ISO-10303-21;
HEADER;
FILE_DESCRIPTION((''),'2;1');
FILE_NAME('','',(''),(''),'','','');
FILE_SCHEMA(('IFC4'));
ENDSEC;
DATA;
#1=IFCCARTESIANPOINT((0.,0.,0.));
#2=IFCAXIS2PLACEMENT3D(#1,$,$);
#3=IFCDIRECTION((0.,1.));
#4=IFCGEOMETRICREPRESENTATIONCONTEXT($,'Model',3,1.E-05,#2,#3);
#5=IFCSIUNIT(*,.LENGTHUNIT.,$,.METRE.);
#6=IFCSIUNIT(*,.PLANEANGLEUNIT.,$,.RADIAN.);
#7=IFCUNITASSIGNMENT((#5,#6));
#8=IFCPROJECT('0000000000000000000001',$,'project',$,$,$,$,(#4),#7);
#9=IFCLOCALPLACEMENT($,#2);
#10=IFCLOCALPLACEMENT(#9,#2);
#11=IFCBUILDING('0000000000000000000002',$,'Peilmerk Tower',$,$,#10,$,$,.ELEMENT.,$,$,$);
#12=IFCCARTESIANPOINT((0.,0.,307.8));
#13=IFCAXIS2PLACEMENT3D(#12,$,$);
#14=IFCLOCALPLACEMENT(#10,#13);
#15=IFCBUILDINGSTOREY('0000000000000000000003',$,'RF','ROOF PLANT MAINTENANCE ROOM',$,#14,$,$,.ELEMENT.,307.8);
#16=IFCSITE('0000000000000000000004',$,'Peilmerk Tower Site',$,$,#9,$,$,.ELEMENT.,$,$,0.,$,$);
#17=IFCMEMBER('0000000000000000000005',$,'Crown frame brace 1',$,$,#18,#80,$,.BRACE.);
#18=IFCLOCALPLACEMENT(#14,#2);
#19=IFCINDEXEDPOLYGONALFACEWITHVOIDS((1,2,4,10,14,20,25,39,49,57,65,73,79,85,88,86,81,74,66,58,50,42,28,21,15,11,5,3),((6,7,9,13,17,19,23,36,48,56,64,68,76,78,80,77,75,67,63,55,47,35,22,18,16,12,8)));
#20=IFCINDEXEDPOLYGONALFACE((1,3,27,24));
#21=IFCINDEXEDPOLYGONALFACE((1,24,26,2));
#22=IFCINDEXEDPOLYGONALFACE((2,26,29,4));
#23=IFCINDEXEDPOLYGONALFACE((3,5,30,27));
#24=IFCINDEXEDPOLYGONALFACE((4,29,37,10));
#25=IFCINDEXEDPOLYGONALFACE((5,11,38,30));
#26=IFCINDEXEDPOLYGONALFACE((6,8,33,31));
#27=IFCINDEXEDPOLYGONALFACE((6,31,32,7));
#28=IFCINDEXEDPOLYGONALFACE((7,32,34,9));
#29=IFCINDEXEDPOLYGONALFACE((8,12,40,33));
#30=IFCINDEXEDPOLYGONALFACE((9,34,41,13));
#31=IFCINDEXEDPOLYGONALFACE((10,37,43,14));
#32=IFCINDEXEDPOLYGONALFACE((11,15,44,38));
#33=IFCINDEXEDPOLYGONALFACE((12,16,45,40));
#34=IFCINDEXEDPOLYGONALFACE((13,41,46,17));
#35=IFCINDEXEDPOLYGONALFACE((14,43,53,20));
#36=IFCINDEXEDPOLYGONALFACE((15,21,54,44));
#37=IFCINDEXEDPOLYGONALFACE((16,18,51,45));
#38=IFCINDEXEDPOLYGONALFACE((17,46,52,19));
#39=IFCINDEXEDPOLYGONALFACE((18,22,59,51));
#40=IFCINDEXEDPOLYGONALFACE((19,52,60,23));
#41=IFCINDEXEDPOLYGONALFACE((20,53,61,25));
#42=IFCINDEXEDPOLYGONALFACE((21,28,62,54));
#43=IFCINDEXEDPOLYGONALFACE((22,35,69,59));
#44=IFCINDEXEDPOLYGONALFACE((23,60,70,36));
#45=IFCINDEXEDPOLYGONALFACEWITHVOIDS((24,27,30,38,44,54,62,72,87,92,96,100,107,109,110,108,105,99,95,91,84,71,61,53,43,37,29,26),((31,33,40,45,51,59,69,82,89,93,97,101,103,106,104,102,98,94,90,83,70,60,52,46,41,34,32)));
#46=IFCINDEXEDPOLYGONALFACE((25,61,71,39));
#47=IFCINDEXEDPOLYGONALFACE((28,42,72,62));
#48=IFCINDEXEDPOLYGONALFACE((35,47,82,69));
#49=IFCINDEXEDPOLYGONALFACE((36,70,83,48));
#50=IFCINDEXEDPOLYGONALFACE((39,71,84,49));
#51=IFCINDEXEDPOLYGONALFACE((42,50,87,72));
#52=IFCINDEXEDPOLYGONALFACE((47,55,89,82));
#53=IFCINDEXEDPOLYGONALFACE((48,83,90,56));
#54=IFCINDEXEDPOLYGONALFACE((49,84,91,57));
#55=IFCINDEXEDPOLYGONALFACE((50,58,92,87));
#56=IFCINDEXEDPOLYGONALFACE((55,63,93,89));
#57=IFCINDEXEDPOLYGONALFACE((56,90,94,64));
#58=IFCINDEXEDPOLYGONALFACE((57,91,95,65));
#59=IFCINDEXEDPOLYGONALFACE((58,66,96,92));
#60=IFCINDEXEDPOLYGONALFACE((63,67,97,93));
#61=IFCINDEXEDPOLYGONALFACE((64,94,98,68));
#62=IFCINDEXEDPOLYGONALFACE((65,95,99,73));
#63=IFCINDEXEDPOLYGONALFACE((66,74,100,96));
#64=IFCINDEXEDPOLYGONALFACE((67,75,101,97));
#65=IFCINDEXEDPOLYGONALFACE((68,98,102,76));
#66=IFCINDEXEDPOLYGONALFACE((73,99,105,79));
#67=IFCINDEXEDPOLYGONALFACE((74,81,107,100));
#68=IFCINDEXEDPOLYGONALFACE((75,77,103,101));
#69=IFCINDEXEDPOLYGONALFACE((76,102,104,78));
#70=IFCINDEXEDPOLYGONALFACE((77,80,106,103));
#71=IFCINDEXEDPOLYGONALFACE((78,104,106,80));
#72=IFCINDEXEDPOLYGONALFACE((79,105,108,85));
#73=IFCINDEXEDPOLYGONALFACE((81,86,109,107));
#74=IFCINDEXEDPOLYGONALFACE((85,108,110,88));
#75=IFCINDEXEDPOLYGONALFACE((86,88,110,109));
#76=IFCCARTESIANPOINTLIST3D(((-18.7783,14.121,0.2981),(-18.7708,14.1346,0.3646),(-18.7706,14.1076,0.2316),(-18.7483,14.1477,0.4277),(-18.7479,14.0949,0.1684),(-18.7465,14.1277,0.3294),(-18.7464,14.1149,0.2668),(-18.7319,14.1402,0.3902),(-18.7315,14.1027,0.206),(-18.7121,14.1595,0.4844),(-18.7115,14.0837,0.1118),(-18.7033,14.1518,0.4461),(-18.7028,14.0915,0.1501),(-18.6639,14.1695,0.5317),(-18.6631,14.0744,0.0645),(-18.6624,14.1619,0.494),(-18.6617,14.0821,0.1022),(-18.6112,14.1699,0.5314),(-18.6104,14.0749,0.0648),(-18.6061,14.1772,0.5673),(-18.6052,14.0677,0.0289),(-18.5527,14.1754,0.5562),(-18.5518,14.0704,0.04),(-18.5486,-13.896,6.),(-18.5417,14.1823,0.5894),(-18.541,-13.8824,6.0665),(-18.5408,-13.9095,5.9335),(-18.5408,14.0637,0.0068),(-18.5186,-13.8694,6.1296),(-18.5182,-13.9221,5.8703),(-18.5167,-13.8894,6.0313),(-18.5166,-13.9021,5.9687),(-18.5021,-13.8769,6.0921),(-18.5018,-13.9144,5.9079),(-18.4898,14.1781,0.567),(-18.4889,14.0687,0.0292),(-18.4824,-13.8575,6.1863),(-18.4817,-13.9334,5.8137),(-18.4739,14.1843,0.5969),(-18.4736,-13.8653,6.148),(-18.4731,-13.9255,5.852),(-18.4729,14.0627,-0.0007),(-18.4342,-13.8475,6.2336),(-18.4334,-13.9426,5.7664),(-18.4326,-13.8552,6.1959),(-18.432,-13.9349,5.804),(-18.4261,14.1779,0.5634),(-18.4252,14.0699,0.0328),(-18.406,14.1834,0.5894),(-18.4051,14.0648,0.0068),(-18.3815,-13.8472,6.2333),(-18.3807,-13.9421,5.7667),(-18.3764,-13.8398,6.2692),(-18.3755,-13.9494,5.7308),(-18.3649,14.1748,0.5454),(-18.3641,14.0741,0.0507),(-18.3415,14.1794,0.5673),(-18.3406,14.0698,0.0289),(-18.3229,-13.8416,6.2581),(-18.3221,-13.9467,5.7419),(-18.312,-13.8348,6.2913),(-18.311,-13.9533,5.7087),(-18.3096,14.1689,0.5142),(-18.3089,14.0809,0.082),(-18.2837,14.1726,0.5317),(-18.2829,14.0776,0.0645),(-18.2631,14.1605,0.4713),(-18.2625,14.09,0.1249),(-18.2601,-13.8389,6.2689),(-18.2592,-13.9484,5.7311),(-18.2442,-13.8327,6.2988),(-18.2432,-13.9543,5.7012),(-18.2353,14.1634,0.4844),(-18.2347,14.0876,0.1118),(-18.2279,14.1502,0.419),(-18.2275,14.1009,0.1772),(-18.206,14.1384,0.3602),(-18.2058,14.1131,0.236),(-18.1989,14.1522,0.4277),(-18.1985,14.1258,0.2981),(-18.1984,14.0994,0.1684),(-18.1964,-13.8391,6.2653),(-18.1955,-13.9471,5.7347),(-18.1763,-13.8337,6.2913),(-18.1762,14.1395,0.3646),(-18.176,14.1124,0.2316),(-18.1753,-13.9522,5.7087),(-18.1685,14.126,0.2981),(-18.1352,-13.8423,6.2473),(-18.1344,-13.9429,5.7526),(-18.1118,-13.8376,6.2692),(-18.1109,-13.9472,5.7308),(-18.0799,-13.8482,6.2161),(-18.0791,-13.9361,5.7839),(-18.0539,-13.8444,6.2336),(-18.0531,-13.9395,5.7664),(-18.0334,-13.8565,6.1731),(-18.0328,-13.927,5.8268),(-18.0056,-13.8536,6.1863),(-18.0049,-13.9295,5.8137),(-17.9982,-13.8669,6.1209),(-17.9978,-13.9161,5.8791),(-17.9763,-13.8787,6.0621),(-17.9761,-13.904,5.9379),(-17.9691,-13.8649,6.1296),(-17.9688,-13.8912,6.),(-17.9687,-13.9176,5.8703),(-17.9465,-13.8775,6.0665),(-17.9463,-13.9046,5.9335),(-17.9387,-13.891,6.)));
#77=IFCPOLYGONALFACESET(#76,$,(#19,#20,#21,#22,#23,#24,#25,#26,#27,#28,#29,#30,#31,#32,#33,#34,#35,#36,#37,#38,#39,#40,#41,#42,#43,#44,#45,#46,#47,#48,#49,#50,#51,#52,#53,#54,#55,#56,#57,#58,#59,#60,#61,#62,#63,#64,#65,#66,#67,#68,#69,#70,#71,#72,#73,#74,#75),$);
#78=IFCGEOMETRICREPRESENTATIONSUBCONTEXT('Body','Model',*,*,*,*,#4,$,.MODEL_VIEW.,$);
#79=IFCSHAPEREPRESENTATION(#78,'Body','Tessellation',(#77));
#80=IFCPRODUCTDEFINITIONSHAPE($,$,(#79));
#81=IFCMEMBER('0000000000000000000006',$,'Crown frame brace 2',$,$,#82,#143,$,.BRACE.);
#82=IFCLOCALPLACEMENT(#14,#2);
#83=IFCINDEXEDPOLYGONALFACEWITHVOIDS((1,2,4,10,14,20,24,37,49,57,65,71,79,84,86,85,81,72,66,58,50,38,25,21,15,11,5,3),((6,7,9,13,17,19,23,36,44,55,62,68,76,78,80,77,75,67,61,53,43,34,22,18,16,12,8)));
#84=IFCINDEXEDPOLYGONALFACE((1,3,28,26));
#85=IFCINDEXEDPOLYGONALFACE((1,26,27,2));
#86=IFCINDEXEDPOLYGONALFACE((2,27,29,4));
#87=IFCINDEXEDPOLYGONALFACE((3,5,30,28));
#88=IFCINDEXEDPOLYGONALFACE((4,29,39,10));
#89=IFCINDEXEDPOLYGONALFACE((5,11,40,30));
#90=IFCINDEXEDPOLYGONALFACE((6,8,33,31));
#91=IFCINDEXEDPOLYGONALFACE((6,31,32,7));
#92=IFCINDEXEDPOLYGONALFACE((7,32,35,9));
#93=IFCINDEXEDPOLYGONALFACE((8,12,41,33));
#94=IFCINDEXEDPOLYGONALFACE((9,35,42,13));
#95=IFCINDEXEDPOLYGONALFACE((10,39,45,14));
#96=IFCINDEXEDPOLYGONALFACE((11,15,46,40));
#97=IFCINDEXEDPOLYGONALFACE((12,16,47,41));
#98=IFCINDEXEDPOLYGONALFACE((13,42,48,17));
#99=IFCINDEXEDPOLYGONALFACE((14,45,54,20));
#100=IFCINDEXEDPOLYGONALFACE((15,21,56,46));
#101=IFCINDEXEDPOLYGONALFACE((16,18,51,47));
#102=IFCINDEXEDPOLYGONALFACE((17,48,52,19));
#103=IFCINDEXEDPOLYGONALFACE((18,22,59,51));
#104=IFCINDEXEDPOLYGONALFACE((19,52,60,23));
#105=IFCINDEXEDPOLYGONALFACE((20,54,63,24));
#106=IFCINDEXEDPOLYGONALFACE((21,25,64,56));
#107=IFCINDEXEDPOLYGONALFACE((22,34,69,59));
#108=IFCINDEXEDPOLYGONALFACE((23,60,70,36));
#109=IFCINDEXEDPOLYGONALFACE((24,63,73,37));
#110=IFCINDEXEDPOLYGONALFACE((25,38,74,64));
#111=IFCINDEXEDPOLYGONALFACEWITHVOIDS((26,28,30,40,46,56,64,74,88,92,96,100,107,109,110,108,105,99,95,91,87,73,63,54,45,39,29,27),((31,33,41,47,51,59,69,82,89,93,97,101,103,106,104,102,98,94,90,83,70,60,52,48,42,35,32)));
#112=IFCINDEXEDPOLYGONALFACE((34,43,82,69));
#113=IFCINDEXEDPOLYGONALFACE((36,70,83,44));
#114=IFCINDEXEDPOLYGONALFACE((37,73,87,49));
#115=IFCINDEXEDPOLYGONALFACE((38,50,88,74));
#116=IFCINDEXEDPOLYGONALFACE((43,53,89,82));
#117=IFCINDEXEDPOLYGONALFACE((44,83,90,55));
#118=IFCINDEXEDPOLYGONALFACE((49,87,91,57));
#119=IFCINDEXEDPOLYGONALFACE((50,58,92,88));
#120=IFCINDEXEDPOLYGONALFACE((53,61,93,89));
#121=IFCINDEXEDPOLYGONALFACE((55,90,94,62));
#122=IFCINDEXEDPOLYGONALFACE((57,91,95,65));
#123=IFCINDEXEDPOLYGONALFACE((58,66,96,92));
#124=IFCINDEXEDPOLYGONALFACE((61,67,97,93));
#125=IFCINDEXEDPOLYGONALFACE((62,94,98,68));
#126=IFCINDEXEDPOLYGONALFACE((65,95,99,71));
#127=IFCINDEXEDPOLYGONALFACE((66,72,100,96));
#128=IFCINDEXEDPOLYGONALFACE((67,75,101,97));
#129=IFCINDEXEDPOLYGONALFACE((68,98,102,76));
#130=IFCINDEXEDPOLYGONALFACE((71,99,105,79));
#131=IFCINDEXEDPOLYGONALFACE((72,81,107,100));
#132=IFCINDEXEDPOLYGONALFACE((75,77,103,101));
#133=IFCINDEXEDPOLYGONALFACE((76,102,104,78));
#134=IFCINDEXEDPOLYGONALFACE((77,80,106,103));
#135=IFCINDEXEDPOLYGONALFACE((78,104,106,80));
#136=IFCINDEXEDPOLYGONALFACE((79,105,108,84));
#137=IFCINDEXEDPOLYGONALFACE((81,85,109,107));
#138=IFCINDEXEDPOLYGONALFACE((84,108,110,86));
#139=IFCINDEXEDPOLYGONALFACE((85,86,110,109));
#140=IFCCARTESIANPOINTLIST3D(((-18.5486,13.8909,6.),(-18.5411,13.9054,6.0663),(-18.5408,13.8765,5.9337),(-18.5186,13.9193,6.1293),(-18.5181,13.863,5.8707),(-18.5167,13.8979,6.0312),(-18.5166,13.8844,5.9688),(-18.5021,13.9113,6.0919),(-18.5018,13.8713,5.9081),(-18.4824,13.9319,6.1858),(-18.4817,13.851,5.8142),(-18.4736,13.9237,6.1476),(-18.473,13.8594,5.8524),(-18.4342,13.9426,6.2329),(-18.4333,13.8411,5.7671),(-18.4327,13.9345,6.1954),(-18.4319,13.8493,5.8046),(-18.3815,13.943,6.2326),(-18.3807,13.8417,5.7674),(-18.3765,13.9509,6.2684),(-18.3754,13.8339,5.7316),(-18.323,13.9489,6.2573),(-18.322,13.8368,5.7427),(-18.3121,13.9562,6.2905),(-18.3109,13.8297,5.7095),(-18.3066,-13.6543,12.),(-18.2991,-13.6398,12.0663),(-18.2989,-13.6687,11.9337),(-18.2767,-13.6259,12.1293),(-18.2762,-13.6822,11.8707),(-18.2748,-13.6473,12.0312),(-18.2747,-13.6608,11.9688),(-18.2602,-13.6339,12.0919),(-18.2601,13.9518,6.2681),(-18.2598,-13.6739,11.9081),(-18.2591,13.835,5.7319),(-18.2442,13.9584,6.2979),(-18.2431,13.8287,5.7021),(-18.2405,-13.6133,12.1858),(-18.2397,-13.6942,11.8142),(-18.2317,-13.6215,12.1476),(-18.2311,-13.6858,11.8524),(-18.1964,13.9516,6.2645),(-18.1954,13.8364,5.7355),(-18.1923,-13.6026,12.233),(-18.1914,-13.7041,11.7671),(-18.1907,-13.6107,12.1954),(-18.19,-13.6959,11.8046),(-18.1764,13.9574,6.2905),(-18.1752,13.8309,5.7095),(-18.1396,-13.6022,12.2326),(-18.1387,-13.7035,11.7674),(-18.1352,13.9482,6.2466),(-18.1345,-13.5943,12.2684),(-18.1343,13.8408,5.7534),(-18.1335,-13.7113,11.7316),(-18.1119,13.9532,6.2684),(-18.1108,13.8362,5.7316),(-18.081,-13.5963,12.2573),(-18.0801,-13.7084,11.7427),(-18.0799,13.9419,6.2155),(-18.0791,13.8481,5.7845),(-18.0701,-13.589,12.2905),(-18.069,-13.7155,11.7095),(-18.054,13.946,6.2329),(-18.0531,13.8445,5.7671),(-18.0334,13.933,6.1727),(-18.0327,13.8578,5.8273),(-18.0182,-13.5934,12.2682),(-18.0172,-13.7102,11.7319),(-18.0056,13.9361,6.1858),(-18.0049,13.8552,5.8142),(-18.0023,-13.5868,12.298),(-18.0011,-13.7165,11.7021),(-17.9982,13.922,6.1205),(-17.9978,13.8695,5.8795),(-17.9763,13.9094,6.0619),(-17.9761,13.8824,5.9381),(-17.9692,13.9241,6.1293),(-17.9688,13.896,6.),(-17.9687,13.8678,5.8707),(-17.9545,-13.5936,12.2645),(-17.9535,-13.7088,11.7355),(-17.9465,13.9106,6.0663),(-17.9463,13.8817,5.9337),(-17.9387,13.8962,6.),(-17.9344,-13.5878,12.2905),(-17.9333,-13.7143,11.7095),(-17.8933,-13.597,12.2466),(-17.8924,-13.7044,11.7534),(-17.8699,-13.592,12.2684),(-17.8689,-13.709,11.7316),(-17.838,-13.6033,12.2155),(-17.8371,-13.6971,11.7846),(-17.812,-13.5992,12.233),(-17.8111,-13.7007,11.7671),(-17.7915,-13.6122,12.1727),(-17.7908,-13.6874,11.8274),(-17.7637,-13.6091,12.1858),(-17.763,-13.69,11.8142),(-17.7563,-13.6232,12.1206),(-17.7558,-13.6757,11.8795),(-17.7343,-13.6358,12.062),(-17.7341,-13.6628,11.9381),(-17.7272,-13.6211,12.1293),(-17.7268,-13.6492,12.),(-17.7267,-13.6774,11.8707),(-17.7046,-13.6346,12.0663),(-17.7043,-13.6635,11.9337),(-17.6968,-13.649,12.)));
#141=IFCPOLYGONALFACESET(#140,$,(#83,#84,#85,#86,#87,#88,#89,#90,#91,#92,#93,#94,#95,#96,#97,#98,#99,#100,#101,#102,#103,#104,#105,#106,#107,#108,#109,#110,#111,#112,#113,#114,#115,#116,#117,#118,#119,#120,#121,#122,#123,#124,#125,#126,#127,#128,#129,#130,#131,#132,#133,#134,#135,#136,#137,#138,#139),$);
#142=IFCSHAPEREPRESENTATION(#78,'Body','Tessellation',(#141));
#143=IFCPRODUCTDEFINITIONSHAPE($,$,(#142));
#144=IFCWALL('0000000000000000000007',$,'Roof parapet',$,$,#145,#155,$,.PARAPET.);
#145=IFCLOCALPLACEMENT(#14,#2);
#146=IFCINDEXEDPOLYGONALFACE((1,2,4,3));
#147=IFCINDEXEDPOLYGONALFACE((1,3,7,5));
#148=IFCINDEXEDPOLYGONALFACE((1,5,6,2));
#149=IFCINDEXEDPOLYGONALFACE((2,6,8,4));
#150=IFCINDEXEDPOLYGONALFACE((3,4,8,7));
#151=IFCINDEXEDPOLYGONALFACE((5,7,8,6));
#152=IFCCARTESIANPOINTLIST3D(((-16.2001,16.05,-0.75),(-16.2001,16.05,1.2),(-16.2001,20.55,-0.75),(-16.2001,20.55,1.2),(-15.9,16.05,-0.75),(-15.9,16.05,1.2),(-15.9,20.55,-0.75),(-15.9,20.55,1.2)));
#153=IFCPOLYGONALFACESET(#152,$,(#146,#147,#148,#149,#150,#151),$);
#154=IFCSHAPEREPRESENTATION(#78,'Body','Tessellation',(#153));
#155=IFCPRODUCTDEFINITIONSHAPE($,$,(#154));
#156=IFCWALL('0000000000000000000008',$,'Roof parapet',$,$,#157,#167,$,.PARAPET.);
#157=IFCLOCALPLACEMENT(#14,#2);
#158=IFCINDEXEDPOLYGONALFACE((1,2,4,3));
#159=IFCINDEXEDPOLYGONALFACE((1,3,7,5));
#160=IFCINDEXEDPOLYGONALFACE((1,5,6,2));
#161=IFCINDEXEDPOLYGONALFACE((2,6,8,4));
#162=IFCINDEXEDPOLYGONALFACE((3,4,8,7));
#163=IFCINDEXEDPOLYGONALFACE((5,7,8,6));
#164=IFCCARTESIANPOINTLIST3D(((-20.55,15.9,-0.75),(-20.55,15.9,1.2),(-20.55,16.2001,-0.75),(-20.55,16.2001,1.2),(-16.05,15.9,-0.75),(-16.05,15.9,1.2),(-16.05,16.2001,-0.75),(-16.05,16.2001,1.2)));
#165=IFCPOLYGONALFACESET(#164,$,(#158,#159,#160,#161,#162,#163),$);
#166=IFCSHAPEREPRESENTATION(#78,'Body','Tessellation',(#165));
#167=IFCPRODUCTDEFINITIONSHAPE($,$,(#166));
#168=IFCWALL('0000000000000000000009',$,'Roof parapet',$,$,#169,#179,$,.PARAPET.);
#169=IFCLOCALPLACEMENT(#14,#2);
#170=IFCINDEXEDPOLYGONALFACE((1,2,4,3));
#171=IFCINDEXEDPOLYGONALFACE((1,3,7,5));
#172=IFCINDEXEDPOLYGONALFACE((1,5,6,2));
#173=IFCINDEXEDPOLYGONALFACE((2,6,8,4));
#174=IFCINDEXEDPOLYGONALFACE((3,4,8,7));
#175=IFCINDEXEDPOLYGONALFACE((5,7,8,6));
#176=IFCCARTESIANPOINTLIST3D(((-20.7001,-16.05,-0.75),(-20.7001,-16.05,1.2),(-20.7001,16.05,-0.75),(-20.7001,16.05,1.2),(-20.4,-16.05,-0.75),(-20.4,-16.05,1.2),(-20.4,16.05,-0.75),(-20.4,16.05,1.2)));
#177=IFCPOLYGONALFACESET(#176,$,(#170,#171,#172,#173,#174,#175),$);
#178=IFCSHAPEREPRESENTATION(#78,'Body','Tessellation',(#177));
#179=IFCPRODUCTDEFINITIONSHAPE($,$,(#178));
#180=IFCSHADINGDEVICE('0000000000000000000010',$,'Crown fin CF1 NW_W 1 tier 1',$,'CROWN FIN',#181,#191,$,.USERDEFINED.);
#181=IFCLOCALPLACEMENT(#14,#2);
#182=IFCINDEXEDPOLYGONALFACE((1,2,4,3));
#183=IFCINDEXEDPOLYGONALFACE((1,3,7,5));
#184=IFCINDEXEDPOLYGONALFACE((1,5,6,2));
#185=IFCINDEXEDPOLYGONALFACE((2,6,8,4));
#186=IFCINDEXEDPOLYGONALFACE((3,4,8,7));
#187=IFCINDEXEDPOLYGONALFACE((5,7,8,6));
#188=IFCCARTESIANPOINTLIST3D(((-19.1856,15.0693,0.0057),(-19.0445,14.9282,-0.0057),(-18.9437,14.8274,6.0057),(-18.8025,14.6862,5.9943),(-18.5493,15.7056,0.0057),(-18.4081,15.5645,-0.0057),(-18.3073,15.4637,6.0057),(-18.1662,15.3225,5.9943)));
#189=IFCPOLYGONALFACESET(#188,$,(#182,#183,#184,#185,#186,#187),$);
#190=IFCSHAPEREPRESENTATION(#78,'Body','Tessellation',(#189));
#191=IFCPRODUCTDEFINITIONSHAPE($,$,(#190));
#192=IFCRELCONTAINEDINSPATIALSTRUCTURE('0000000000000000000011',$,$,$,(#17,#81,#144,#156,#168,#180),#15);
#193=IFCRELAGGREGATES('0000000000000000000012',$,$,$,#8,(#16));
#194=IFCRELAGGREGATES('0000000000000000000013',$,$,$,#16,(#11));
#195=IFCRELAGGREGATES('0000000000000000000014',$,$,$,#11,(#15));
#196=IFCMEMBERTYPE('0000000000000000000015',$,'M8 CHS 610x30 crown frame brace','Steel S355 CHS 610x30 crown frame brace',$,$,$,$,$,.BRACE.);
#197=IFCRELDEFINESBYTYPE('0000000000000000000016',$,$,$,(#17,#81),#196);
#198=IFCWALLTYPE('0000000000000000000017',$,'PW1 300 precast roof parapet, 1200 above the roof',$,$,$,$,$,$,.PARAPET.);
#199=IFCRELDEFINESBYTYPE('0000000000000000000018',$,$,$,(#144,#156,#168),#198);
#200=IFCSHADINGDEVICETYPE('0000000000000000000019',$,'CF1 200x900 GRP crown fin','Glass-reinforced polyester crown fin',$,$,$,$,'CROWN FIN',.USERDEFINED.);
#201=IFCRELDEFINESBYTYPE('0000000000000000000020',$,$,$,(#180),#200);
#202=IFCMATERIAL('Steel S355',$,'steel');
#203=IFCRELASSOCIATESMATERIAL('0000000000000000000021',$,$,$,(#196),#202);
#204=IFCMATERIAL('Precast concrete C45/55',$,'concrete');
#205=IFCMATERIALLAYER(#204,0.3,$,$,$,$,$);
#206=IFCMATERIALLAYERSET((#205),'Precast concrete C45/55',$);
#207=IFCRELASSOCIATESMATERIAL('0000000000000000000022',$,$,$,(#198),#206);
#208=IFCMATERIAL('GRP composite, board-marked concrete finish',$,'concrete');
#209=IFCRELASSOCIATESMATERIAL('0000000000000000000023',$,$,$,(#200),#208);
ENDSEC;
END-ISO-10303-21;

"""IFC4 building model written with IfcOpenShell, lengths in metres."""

from ifc_helpers import new_model, si_unit, direction, frame, frame_2d, origin, origin_2d, place, context, subcontext, project, spatial, rectangle, hollow_circle, extrude, source, transform, mapped, material, layer, layer_set, material_profile, profile_set, type_object, element, save


model = new_model("IFC4")

# Units and contexts
model_context = context("Model", 3, precision=1e-05, world=origin(), true_north=direction((0.0, 1.0)))
body_context = subcontext(model_context, "Body", "Model", "MODEL_VIEW")
ifc_project = project(units=[si_unit("LENGTHUNIT", "METRE"), si_unit("PLANEANGLEUNIT", "RADIAN")], contexts=[model_context])

# Site, building, storey
site_placement = place(None, origin())
site = spatial("IfcSite", under=ifc_project, at=site_placement, Name="Peilmerk Tower Site", CompositionType="ELEMENT", RefElevation=0.0)
building_placement = place(site_placement, origin())
building = spatial("IfcBuilding", under=site, at=building_placement, Name="Peilmerk Tower", CompositionType="ELEMENT")
storey_placement = place(building_placement, frame((0.0, 0.0, 307.8)))
storey = spatial("IfcBuildingStorey", under=building, at=storey_placement, Name="RF", Description="ROOF PLANT MAINTENANCE ROOM", CompositionType="ELEMENT", Elevation=307.8)

# Shared definitions
ifc_material_1 = material(Name="Steel S355", Category="steel")

# Members
ifc_material_profile_1 = material_profile(ifc_material_1, hollow_circle(Radius=0.3049, WallThickness=0.03, at=origin_2d()), Name="CHS 610x30")
ifc_profile_set_1 = profile_set([ifc_material_profile_1], Name="Steel S355")
member_type_1 = type_object("IfcMemberType", Name="M8 CHS 610x30 crown frame brace", Description="Steel S355 CHS 610x30 crown frame brace", PredefinedType="BRACE", material=ifc_profile_set_1)
member_1_placement = place(storey_placement, frame((-18.4734, 14.1235, 0.2981), z_axis=(0.008035, -0.979881, 0.199421), x_axis=(0.999966, 0.0082, 0.0)))
element("IfcMember", 1, at=member_1_placement, inside=storey, type_object=member_type_1, Name="Crown frame brace 1", PredefinedType="BRACE", context=body_context, shape_type="SweptSolid", body=[
    extrude(hollow_circle(Radius=0.3049, WallThickness=0.03, at=origin_2d()), origin(), (0.0, 0.0, 1.0), 28.5923),
])
member_2_placement = place(storey_placement, frame((-18.2437, 13.8936, 6.0), z_axis=(0.008582, -0.977053, 0.212826), x_axis=(0.999961, 0.008783, 0.0)))
element("IfcMember", 2, at=member_2_placement, inside=storey, type_object=member_type_1, Name="Crown frame brace 2", PredefinedType="BRACE", context=body_context, shape_type="SweptSolid", body=[
    extrude(hollow_circle(Radius=0.3049, WallThickness=0.03, at=origin_2d()), origin(), (0.0, 0.0, 1.0), 28.1921),
])

# Walls
ifc_material_2 = material(Name="Precast concrete C45/55", Category="concrete")
ifc_layer = layer(ifc_material_2, 0.3)
ifc_layer_set = layer_set([ifc_layer], Name="Precast concrete C45/55")
wall_type = type_object("IfcWallType", Name="PW1 300 precast roof parapet, 1200 above the roof", PredefinedType="PARAPET", material=ifc_layer_set)
for number, where, z_axis, x_axis, name in (
    (3, (-16.05, 20.55, -0.75), (0.0, 0.0, 1.0), (0.0, -1.0, 0.0), "Roof parapet"),
    (4, (-16.05, 16.05, -0.75), (0.0, 0.0, 1.0), (-1.0, 0.0, 0.0), "Roof parapet"),
):
    element("IfcWall", number, at=place(storey_placement, frame(where, z_axis=z_axis, x_axis=x_axis)), inside=storey, type_object=wall_type, Name=name, PredefinedType="PARAPET", context=body_context, shape_type="SweptSolid", body=[
        extrude(rectangle(XDim=4.5, YDim=0.3, at=frame_2d((2.25, 0.0))), origin(), (0.0, 0.0, 1.0), 1.95),
    ])
wall_placement = place(storey_placement, frame((-20.55, 16.05, -0.75), z_axis=(0.0, 0.0, 1.0), x_axis=(0.0, -1.0, 0.0)))
element("IfcWall", 5, at=wall_placement, inside=storey, type_object=wall_type, Name="Roof parapet", PredefinedType="PARAPET", context=body_context, shape_type="SweptSolid", body=[
    extrude(rectangle(XDim=32.1001, YDim=0.3, at=frame_2d((16.05, 0.0))), origin(), (0.0, 0.0, 1.0), 1.95),
])

# Shading device
ifc_material_3 = material(Name="GRP composite, board-marked concrete finish", Category="concrete")
ifc_material_profile_2 = material_profile(ifc_material_3, rectangle(XDim=0.2, YDim=0.8999, at=origin_2d()), Name="CF1 200x900")
ifc_profile_set_2 = profile_set([ifc_material_profile_2], Name="GRP composite, board-marked concrete finish")
shading_device_type = type_object("IfcShadingDeviceType", Name="CF1 200x900 GRP crown fin", Description="Glass-reinforced polyester crown fin", ElementType="CROWN FIN", PredefinedType="USERDEFINED", material=ifc_profile_set_2)
shared_shape_1 = source(origin(), body_context, "Body", "SweptSolid", [
    extrude(rectangle(XDim=0.2, YDim=0.8999, at=origin_2d()), origin(), (0.0, 0.0, 1.0), 6.0098),
])
for number, where, z_axis, x_axis, name in (
    (6, (-18.7969, 15.3169, 0.0), (0.040258, -0.040258, 0.998378), (-0.70596, 0.70596, 0.056934), "Crown fin CF1 NW_W 1 tier 1"),
):
    element("IfcShadingDevice", number, at=place(storey_placement, frame(where, z_axis=z_axis, x_axis=x_axis)), inside=storey, type_object=shading_device_type, Name=name, ObjectType="CROWN FIN", PredefinedType="USERDEFINED", context=body_context, shape_type="MappedRepresentation", body=[
        mapped(shared_shape_1, transform((0.0, 0.0, 0.0), scale=1.0)),
    ])

save(model, "model.ifc")
